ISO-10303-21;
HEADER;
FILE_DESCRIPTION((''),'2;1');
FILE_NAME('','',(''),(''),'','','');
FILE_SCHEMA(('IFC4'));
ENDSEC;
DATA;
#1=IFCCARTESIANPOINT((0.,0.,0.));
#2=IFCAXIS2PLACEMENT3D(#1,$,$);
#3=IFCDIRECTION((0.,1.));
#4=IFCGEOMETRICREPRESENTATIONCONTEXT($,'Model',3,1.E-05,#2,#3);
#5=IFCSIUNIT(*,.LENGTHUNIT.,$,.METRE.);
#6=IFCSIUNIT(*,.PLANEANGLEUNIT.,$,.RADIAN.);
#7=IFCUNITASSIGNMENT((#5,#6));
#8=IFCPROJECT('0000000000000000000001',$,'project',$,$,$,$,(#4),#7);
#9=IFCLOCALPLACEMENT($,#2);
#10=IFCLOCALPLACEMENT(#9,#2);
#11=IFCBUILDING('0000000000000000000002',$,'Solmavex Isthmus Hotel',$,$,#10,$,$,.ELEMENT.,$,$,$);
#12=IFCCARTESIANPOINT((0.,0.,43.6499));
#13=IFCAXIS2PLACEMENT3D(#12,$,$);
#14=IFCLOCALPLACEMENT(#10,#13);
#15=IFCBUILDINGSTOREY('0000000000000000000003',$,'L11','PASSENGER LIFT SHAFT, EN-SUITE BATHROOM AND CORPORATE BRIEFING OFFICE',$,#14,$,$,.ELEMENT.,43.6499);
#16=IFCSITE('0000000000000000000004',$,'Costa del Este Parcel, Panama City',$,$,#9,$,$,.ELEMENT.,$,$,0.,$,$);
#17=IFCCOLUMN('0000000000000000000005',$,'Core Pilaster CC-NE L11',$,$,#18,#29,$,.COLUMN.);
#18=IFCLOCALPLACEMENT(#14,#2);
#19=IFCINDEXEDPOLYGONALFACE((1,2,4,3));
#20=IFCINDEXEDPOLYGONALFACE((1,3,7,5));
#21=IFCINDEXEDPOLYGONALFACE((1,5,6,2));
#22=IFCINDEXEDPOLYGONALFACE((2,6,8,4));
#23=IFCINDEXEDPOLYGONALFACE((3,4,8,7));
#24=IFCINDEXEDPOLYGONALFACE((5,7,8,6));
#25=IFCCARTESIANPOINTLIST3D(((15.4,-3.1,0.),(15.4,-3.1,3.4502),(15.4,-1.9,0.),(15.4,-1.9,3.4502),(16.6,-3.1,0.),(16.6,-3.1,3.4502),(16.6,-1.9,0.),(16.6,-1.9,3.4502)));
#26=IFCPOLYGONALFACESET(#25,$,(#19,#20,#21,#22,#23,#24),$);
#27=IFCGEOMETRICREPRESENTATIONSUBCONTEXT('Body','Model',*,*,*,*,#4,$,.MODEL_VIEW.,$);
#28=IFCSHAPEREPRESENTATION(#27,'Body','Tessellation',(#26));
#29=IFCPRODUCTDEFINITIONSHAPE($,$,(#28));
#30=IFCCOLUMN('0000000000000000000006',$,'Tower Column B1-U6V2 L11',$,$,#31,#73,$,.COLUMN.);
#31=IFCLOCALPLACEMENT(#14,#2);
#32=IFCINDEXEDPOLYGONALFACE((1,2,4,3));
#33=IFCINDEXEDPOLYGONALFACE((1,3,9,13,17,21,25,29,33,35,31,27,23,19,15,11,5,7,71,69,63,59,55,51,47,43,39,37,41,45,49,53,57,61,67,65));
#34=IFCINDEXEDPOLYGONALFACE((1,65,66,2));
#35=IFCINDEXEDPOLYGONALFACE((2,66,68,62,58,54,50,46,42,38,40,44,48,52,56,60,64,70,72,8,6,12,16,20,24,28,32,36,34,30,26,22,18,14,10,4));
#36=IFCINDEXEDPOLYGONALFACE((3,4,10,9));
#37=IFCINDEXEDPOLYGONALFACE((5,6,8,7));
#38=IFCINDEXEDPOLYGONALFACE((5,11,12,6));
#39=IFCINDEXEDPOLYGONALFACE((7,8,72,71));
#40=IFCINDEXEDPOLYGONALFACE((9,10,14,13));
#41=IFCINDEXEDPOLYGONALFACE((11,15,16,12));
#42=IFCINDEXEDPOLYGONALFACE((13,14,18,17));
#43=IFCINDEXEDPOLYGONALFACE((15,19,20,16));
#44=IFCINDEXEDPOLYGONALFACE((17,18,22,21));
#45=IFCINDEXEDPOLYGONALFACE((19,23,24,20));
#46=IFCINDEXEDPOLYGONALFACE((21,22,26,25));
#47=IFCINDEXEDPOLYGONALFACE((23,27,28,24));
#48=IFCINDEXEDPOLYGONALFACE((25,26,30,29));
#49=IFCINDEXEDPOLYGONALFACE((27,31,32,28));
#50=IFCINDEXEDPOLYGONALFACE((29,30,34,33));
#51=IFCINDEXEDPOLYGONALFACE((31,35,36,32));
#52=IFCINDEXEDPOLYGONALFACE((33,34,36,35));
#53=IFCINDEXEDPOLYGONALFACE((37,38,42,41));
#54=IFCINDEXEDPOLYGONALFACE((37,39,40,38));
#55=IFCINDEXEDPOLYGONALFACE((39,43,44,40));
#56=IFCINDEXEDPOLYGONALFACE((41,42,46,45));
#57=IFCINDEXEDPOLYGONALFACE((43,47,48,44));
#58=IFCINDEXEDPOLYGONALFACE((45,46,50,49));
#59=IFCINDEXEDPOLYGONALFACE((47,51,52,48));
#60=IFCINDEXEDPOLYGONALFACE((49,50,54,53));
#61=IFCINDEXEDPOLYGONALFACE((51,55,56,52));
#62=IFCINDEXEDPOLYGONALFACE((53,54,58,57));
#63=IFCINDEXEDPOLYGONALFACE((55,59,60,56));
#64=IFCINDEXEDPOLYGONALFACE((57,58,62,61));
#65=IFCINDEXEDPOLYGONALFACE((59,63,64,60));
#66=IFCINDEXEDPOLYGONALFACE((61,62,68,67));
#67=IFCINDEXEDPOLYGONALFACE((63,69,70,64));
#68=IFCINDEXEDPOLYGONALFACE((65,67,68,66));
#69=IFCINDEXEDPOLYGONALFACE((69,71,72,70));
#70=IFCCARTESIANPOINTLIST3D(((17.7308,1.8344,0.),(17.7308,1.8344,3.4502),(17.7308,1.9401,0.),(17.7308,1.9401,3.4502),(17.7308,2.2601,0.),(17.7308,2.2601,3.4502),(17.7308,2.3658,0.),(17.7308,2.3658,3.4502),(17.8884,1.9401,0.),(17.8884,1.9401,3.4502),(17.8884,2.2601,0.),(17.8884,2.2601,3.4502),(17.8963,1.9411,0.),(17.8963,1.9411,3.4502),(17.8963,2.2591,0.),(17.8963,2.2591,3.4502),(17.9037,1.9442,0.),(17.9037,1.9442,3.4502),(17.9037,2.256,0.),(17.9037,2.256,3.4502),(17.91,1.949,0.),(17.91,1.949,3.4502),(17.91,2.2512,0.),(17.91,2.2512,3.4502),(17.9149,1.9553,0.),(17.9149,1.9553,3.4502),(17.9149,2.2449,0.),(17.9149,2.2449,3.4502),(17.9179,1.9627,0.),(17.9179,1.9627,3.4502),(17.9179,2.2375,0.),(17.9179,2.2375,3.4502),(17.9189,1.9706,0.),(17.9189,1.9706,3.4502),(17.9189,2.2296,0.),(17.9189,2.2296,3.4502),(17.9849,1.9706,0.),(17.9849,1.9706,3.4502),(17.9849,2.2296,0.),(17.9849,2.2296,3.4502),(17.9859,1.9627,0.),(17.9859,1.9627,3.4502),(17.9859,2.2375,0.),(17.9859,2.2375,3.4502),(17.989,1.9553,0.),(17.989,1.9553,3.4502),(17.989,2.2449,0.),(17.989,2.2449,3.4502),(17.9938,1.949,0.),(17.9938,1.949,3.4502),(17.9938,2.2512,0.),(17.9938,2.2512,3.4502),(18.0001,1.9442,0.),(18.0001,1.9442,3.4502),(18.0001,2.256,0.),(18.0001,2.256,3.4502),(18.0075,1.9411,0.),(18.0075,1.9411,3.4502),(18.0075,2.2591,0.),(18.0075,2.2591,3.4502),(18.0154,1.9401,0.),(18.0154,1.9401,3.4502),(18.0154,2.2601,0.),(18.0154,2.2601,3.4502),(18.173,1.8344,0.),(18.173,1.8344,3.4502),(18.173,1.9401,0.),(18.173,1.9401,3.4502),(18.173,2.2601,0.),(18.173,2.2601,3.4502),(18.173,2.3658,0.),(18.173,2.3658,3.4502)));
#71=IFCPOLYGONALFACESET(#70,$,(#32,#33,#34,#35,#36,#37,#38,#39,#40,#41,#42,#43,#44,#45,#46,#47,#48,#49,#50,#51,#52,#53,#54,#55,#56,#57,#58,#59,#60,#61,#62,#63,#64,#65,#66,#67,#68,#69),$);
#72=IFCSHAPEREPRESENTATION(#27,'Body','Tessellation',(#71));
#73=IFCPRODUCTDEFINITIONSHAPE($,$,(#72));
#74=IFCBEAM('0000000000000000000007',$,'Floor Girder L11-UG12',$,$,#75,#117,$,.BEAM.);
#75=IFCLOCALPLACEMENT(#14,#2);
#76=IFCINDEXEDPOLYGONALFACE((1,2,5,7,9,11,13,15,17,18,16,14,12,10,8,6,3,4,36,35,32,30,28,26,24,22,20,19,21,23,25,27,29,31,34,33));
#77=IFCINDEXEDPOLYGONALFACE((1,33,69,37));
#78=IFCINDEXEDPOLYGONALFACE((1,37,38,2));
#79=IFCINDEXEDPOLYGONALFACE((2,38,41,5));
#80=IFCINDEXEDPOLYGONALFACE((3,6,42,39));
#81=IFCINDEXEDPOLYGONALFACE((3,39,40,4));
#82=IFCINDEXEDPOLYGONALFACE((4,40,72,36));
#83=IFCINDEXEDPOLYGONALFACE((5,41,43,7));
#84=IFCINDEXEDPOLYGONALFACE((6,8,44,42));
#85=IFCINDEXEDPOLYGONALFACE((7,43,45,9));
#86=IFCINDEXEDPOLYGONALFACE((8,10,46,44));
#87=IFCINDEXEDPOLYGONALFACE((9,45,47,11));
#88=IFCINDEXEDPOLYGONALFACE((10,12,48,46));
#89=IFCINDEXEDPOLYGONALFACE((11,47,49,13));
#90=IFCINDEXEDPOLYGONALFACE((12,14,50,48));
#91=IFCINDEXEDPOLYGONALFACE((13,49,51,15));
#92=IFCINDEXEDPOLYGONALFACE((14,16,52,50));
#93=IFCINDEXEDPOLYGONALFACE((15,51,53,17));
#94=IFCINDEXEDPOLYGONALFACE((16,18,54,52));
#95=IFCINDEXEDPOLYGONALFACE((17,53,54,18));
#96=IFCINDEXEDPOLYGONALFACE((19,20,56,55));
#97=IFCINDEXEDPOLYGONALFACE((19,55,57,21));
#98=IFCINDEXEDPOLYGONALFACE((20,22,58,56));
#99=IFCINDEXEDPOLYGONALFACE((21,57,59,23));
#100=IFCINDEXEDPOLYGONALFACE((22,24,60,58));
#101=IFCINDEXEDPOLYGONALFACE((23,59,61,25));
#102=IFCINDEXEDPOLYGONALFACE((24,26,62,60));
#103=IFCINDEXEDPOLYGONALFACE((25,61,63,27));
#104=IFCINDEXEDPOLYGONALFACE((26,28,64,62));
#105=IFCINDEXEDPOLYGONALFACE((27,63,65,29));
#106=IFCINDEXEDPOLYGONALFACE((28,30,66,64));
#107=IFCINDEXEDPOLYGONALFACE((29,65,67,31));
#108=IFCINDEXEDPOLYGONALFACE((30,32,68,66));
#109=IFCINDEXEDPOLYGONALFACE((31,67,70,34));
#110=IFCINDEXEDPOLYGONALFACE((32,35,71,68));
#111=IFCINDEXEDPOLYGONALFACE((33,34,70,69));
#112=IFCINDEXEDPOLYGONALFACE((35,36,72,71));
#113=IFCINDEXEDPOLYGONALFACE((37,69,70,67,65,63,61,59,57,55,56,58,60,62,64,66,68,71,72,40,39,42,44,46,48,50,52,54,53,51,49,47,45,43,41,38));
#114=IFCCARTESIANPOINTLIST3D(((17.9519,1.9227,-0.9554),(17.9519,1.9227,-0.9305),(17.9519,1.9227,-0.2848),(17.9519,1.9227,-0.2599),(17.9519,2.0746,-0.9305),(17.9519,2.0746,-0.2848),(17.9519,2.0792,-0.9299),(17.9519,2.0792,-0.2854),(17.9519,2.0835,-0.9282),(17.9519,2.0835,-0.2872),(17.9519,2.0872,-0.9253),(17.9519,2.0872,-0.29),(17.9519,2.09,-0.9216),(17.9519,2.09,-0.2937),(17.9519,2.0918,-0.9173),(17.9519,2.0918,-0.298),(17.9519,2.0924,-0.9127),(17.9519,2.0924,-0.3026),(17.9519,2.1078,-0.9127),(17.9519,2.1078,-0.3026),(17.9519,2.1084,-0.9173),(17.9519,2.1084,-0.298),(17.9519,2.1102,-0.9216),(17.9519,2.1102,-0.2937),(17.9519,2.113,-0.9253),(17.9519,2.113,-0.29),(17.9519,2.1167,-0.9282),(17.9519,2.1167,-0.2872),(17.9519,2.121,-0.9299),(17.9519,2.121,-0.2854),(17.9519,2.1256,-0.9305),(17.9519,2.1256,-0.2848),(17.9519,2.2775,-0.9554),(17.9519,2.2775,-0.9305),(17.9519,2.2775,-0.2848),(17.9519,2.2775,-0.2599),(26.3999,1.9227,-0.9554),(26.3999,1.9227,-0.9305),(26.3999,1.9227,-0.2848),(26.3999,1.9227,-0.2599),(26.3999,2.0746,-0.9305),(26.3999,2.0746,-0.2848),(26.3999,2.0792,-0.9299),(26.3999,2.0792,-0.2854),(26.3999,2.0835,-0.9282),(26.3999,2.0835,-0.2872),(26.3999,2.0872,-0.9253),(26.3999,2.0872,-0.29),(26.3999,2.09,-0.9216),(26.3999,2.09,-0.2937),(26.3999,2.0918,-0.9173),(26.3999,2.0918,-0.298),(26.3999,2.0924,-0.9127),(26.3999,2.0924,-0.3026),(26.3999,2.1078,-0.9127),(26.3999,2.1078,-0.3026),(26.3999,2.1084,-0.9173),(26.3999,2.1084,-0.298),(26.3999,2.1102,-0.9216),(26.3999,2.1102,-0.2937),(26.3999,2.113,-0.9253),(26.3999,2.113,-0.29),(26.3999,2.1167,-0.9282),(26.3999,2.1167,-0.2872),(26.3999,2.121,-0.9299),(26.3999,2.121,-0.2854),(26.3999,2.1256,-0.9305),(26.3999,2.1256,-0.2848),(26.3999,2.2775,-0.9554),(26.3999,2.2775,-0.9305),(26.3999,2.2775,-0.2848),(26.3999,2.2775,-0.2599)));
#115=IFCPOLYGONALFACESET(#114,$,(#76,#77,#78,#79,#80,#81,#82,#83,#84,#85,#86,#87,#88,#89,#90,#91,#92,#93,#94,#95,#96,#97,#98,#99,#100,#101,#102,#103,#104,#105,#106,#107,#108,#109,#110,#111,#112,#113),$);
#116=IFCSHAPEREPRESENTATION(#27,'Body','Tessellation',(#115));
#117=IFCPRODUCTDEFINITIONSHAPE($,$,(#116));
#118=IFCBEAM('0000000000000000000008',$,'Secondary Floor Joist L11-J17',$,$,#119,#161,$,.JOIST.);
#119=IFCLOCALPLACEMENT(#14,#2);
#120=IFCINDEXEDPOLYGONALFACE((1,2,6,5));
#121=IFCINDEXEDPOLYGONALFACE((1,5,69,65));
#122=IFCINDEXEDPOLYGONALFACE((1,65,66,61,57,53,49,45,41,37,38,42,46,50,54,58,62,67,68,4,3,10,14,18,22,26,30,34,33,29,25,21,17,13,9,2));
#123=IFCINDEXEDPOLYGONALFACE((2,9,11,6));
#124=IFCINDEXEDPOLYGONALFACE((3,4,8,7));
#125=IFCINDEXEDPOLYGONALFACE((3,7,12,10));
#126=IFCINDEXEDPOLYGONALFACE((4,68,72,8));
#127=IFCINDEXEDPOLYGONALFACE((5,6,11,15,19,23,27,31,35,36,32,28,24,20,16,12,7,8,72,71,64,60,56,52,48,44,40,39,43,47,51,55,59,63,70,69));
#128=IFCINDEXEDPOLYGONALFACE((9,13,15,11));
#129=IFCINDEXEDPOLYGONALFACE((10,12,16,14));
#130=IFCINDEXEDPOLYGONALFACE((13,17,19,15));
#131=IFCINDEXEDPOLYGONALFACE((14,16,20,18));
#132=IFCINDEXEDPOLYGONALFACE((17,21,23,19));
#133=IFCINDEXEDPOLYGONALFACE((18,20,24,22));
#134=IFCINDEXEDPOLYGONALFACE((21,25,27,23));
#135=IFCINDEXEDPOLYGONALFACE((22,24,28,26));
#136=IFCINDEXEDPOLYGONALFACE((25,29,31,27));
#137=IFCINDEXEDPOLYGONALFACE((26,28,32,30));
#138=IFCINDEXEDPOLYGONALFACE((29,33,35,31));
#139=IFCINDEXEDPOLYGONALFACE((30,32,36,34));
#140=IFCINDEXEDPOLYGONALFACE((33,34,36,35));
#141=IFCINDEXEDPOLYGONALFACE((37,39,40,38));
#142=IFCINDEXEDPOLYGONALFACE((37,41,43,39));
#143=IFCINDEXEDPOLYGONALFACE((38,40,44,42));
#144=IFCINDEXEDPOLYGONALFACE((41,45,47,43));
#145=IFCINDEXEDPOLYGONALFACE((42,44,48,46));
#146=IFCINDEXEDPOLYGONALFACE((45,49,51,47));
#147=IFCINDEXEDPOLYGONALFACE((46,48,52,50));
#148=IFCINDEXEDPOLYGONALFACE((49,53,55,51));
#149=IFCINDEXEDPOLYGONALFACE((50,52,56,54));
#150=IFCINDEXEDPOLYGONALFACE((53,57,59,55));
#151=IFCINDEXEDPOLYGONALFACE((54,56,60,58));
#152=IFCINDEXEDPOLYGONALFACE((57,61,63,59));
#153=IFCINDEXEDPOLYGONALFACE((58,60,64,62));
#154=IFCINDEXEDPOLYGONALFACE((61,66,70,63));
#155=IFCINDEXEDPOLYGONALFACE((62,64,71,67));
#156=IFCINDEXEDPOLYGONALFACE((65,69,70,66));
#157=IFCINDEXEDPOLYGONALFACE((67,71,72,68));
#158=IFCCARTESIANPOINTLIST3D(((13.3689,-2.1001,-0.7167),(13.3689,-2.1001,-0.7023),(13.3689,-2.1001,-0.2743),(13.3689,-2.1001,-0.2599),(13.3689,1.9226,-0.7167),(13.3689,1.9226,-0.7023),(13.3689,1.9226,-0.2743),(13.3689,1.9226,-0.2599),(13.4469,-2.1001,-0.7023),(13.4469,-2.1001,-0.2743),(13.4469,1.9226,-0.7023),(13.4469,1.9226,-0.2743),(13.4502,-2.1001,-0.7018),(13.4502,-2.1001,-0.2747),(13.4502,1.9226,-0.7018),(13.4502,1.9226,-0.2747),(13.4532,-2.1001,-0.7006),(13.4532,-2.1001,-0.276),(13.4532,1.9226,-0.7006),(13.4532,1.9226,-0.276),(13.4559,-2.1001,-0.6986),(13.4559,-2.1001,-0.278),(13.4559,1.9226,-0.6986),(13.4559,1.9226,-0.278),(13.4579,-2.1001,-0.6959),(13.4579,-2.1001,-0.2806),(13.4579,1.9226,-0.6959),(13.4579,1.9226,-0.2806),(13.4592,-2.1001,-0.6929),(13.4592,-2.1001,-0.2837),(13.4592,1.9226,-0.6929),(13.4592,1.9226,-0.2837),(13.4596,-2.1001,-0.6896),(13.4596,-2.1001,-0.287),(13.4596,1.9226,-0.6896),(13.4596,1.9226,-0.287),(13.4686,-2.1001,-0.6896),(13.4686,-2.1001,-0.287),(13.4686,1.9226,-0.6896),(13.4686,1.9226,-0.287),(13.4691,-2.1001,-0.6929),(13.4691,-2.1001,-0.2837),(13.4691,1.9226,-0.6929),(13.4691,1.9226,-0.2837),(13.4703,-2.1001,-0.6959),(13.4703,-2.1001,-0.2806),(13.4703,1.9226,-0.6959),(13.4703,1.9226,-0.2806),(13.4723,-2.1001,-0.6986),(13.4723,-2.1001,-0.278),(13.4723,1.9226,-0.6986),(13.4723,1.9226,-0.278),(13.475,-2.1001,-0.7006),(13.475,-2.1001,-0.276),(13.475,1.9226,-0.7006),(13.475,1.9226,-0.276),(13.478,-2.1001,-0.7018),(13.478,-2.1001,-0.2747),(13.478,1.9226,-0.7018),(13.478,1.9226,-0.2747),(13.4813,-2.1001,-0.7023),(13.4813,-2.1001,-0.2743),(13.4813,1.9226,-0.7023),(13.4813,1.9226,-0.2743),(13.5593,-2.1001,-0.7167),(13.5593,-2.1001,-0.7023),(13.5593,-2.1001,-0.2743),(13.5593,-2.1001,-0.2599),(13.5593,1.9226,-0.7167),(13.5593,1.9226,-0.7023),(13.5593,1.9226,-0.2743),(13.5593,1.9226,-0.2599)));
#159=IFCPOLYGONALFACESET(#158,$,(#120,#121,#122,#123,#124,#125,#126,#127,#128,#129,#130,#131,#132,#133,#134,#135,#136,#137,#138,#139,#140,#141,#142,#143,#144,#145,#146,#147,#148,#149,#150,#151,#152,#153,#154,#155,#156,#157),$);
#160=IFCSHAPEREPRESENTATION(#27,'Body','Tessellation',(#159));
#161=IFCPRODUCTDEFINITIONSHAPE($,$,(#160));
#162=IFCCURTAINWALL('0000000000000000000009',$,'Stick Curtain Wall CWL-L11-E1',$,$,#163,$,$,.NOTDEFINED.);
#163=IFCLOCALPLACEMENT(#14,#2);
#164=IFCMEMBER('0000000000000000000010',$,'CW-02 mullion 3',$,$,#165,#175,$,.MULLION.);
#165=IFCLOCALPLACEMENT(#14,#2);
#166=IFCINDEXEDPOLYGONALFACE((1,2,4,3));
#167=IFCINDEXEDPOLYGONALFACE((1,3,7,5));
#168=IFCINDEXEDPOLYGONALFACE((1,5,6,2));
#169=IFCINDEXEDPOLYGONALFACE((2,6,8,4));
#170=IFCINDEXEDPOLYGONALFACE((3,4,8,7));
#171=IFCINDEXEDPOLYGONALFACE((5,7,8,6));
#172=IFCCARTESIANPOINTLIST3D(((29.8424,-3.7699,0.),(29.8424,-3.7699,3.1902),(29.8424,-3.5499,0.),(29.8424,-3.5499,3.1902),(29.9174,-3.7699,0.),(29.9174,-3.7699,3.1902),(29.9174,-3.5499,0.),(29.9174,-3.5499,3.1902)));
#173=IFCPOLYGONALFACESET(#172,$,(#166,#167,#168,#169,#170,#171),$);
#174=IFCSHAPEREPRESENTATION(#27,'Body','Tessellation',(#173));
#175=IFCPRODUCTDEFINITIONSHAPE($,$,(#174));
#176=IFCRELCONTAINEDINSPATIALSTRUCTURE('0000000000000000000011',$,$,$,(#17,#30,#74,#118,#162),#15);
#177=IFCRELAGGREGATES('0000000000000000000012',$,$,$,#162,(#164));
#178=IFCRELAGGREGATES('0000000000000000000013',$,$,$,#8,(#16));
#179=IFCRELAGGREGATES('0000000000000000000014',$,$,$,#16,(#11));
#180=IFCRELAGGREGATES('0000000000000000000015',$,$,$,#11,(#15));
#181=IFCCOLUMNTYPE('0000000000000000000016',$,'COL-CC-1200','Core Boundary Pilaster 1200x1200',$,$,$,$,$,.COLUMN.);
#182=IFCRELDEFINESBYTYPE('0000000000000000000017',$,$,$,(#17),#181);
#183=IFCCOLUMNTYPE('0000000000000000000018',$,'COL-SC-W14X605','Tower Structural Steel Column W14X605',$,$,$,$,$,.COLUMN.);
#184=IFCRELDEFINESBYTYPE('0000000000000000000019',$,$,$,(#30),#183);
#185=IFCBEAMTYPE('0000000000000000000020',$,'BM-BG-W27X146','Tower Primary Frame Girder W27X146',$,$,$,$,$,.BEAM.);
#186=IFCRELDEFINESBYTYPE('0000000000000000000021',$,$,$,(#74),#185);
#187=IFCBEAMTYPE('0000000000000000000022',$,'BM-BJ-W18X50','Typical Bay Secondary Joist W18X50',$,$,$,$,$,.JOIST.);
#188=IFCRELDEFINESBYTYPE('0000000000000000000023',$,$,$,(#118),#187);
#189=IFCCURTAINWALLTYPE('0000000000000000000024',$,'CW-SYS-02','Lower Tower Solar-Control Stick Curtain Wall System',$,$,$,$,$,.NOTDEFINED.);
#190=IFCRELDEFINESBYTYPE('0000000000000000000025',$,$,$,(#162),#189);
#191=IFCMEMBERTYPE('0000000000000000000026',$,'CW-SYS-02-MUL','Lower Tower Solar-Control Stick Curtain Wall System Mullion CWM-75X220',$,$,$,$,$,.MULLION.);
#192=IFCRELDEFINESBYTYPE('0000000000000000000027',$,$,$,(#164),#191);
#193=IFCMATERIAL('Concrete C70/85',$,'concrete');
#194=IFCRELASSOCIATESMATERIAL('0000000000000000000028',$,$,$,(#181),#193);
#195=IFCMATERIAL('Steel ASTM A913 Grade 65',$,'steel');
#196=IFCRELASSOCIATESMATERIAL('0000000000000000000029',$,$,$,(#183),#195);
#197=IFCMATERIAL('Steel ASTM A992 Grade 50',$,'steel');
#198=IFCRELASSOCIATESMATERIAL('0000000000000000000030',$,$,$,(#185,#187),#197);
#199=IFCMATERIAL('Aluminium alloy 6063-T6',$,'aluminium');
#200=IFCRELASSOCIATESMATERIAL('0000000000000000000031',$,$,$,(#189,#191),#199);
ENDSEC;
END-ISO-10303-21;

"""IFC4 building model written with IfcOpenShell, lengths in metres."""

from ifc_helpers import new_model, si_unit, direction, frame, origin, origin_2d, place, context, subcontext, project, spatial, rectangle, i_section, extrude, material, material_profile, profile_set, type_object, element, aggregate, save


model = new_model("IFC4")

# Units and contexts
model_context = context("Model", 3, precision=1e-05, world=origin(), true_north=direction((0.0, 1.0)))
body_context = subcontext(model_context, "Body", "Model", "MODEL_VIEW")
ifc_project = project(units=[si_unit("LENGTHUNIT", "METRE"), si_unit("PLANEANGLEUNIT", "RADIAN")], contexts=[model_context])

# Site, building, storey
site_placement = place(None, origin())
site = spatial("IfcSite", under=ifc_project, at=site_placement, Name="Costa del Este Parcel, Panama City", CompositionType="ELEMENT", RefElevation=0.0)
building_placement = place(site_placement, origin())
building = spatial("IfcBuilding", under=site, at=building_placement, Name="Solmavex Isthmus Hotel", CompositionType="ELEMENT")
storey_placement = place(building_placement, frame((0.0, 0.0, 43.6499)))
storey = spatial("IfcBuildingStorey", under=building, at=storey_placement, Name="L11", Description="PASSENGER LIFT SHAFT, EN-SUITE BATHROOM AND CORPORATE BRIEFING OFFICE", CompositionType="ELEMENT", Elevation=43.6499)

# Columns
ifc_material_1 = material(Name="Concrete C70/85", Category="concrete")
ifc_material_profile_1 = material_profile(ifc_material_1, rectangle(XDim=1.2, YDim=1.2, at=origin_2d()), Name="RC1200X1200")
ifc_profile_set_1 = profile_set([ifc_material_profile_1], Name="Concrete C70/85")
column_type_1 = type_object("IfcColumnType", Name="COL-CC-1200", Description="Core Boundary Pilaster 1200x1200", PredefinedType="COLUMN", material=ifc_profile_set_1)
column_1_placement = place(storey_placement, frame((16.0, -2.5, 0.0), z_axis=(0.0, 0.0, 1.0), x_axis=(1.0, 0.0, 0.0)))
element("IfcColumn", 1, at=column_1_placement, inside=storey, type_object=column_type_1, Name="Core Pilaster CC-NE L11", PredefinedType="COLUMN", context=body_context, shape_type="SweptSolid", body=[
    extrude(rectangle(XDim=1.2, YDim=1.2, at=origin_2d()), origin(), (0.0, 0.0, 1.0), 3.4502),
])
ifc_material_2 = material(Name="Steel ASTM A913 Grade 65", Category="steel")
ifc_material_profile_2 = material_profile(ifc_material_2, i_section(OverallWidth=0.4421, OverallDepth=0.5315, WebThickness=0.0659, FlangeThickness=0.1057, FilletRadius=0.0305, at=origin_2d()), Name="W14X605")
ifc_profile_set_2 = profile_set([ifc_material_profile_2], Name="Steel ASTM A913 Grade 65")
column_type_2 = type_object("IfcColumnType", Name="COL-SC-W14X605", Description="Tower Structural Steel Column W14X605", PredefinedType="COLUMN", material=ifc_profile_set_2)
column_2_placement = place(storey_placement, frame((17.9519, 2.1001, 0.0), z_axis=(0.0, 0.0, 1.0), x_axis=(1.0, 0.0, 0.0)))
element("IfcColumn", 2, at=column_2_placement, inside=storey, type_object=column_type_2, Name="Tower Column B1-U6V2 L11", PredefinedType="COLUMN", context=body_context, shape_type="SweptSolid", body=[
    extrude(i_section(OverallWidth=0.4421, OverallDepth=0.5315, WebThickness=0.0659, FlangeThickness=0.1057, FilletRadius=0.0305, at=origin_2d()), origin(), (0.0, 0.0, 1.0), 3.4502),
])

# Beams
ifc_material_3 = material(Name="Steel ASTM A992 Grade 50", Category="steel")
ifc_material_profile_3 = material_profile(ifc_material_3, i_section(OverallWidth=0.3547, OverallDepth=0.6956, WebThickness=0.0154, FlangeThickness=0.0249, FilletRadius=0.0178, at=origin_2d()), Name="W27X146")
ifc_profile_set_3 = profile_set([ifc_material_profile_3], Name="Steel ASTM A992 Grade 50")
beam_type_1 = type_object("IfcBeamType", Name="BM-BG-W27X146", Description="Tower Primary Frame Girder W27X146", PredefinedType="BEAM", material=ifc_profile_set_3)
beam_1_placement = place(storey_placement, frame((17.9519, 2.1001, -0.6077), z_axis=(1.0, 0.0, 0.0), x_axis=(0.0, 1.0, 0.0)))
element("IfcBeam", 3, at=beam_1_placement, inside=storey, type_object=beam_type_1, Name="Floor Girder L11-UG12", PredefinedType="BEAM", context=body_context, shape_type="SweptSolid", body=[
    extrude(i_section(OverallWidth=0.3547, OverallDepth=0.6956, WebThickness=0.0154, FlangeThickness=0.0249, FilletRadius=0.0178, at=origin_2d()), origin(), (0.0, 0.0, 1.0), 8.448),
])
ifc_material_profile_4 = material_profile(ifc_material_3, i_section(OverallWidth=0.1904, OverallDepth=0.4568, WebThickness=0.009, FlangeThickness=0.0144, FilletRadius=0.0127, at=origin_2d()), Name="W18X50")
ifc_profile_set_4 = profile_set([ifc_material_profile_4], Name="Steel ASTM A992 Grade 50")
beam_type_2 = type_object("IfcBeamType", Name="BM-BJ-W18X50", Description="Typical Bay Secondary Joist W18X50", PredefinedType="JOIST", material=ifc_profile_set_4)
beam_2_placement = place(storey_placement, frame((13.4641, -2.1001, -0.4883), z_axis=(0.0, 1.0, 0.0), x_axis=(-1.0, 0.0, 0.0)))
element("IfcBeam", 4, at=beam_2_placement, inside=storey, type_object=beam_type_2, Name="Secondary Floor Joist L11-J17", PredefinedType="JOIST", context=body_context, shape_type="SweptSolid", body=[
    extrude(i_section(OverallWidth=0.1904, OverallDepth=0.4568, WebThickness=0.009, FlangeThickness=0.0144, FilletRadius=0.0127, at=origin_2d()), origin(), (0.0, 0.0, 1.0), 4.0227),
])

# Curtain wall, member
ifc_material_4 = material(Name="Aluminium alloy 6063-T6", Category="aluminium")
curtain_wall_type = type_object("IfcCurtainWallType", Name="CW-SYS-02", Description="Lower Tower Solar-Control Stick Curtain Wall System", PredefinedType="NOTDEFINED", material=ifc_material_4)
curtain_wall_placement = place(storey_placement, origin())
curtain_wall = element("IfcCurtainWall", 5, at=curtain_wall_placement, inside=storey, type_object=curtain_wall_type, Name="Stick Curtain Wall CWL-L11-E1", PredefinedType="NOTDEFINED")
ifc_material_profile_5 = material_profile(ifc_material_4, rectangle(XDim=0.075, YDim=0.22, at=origin_2d()), Name="CWM-75X220")
ifc_profile_set_5 = profile_set([ifc_material_profile_5], Name="Aluminium alloy 6063-T6")
member_type_1 = type_object("IfcMemberType", Name="CW-SYS-02-MUL", Description="Lower Tower Solar-Control Stick Curtain Wall System Mullion CWM-75X220", PredefinedType="MULLION", material=ifc_profile_set_5)
member_1_placement = place(storey_placement, frame((29.8799, -3.6599, 0.0), z_axis=(0.0, 0.0, 1.0), x_axis=(-1.0, 0.0, 0.0)))
member_1 = element("IfcMember", 6, at=member_1_placement, type_object=member_type_1, Name="CW-02 mullion 3", PredefinedType="MULLION", context=body_context, shape_type="SweptSolid", body=[
    extrude(rectangle(XDim=0.075, YDim=0.22, at=origin_2d()), origin(), (0.0, 0.0, 1.0), 3.1902),
])
aggregate(curtain_wall, [member_1])

save(model, "model.ifc")
